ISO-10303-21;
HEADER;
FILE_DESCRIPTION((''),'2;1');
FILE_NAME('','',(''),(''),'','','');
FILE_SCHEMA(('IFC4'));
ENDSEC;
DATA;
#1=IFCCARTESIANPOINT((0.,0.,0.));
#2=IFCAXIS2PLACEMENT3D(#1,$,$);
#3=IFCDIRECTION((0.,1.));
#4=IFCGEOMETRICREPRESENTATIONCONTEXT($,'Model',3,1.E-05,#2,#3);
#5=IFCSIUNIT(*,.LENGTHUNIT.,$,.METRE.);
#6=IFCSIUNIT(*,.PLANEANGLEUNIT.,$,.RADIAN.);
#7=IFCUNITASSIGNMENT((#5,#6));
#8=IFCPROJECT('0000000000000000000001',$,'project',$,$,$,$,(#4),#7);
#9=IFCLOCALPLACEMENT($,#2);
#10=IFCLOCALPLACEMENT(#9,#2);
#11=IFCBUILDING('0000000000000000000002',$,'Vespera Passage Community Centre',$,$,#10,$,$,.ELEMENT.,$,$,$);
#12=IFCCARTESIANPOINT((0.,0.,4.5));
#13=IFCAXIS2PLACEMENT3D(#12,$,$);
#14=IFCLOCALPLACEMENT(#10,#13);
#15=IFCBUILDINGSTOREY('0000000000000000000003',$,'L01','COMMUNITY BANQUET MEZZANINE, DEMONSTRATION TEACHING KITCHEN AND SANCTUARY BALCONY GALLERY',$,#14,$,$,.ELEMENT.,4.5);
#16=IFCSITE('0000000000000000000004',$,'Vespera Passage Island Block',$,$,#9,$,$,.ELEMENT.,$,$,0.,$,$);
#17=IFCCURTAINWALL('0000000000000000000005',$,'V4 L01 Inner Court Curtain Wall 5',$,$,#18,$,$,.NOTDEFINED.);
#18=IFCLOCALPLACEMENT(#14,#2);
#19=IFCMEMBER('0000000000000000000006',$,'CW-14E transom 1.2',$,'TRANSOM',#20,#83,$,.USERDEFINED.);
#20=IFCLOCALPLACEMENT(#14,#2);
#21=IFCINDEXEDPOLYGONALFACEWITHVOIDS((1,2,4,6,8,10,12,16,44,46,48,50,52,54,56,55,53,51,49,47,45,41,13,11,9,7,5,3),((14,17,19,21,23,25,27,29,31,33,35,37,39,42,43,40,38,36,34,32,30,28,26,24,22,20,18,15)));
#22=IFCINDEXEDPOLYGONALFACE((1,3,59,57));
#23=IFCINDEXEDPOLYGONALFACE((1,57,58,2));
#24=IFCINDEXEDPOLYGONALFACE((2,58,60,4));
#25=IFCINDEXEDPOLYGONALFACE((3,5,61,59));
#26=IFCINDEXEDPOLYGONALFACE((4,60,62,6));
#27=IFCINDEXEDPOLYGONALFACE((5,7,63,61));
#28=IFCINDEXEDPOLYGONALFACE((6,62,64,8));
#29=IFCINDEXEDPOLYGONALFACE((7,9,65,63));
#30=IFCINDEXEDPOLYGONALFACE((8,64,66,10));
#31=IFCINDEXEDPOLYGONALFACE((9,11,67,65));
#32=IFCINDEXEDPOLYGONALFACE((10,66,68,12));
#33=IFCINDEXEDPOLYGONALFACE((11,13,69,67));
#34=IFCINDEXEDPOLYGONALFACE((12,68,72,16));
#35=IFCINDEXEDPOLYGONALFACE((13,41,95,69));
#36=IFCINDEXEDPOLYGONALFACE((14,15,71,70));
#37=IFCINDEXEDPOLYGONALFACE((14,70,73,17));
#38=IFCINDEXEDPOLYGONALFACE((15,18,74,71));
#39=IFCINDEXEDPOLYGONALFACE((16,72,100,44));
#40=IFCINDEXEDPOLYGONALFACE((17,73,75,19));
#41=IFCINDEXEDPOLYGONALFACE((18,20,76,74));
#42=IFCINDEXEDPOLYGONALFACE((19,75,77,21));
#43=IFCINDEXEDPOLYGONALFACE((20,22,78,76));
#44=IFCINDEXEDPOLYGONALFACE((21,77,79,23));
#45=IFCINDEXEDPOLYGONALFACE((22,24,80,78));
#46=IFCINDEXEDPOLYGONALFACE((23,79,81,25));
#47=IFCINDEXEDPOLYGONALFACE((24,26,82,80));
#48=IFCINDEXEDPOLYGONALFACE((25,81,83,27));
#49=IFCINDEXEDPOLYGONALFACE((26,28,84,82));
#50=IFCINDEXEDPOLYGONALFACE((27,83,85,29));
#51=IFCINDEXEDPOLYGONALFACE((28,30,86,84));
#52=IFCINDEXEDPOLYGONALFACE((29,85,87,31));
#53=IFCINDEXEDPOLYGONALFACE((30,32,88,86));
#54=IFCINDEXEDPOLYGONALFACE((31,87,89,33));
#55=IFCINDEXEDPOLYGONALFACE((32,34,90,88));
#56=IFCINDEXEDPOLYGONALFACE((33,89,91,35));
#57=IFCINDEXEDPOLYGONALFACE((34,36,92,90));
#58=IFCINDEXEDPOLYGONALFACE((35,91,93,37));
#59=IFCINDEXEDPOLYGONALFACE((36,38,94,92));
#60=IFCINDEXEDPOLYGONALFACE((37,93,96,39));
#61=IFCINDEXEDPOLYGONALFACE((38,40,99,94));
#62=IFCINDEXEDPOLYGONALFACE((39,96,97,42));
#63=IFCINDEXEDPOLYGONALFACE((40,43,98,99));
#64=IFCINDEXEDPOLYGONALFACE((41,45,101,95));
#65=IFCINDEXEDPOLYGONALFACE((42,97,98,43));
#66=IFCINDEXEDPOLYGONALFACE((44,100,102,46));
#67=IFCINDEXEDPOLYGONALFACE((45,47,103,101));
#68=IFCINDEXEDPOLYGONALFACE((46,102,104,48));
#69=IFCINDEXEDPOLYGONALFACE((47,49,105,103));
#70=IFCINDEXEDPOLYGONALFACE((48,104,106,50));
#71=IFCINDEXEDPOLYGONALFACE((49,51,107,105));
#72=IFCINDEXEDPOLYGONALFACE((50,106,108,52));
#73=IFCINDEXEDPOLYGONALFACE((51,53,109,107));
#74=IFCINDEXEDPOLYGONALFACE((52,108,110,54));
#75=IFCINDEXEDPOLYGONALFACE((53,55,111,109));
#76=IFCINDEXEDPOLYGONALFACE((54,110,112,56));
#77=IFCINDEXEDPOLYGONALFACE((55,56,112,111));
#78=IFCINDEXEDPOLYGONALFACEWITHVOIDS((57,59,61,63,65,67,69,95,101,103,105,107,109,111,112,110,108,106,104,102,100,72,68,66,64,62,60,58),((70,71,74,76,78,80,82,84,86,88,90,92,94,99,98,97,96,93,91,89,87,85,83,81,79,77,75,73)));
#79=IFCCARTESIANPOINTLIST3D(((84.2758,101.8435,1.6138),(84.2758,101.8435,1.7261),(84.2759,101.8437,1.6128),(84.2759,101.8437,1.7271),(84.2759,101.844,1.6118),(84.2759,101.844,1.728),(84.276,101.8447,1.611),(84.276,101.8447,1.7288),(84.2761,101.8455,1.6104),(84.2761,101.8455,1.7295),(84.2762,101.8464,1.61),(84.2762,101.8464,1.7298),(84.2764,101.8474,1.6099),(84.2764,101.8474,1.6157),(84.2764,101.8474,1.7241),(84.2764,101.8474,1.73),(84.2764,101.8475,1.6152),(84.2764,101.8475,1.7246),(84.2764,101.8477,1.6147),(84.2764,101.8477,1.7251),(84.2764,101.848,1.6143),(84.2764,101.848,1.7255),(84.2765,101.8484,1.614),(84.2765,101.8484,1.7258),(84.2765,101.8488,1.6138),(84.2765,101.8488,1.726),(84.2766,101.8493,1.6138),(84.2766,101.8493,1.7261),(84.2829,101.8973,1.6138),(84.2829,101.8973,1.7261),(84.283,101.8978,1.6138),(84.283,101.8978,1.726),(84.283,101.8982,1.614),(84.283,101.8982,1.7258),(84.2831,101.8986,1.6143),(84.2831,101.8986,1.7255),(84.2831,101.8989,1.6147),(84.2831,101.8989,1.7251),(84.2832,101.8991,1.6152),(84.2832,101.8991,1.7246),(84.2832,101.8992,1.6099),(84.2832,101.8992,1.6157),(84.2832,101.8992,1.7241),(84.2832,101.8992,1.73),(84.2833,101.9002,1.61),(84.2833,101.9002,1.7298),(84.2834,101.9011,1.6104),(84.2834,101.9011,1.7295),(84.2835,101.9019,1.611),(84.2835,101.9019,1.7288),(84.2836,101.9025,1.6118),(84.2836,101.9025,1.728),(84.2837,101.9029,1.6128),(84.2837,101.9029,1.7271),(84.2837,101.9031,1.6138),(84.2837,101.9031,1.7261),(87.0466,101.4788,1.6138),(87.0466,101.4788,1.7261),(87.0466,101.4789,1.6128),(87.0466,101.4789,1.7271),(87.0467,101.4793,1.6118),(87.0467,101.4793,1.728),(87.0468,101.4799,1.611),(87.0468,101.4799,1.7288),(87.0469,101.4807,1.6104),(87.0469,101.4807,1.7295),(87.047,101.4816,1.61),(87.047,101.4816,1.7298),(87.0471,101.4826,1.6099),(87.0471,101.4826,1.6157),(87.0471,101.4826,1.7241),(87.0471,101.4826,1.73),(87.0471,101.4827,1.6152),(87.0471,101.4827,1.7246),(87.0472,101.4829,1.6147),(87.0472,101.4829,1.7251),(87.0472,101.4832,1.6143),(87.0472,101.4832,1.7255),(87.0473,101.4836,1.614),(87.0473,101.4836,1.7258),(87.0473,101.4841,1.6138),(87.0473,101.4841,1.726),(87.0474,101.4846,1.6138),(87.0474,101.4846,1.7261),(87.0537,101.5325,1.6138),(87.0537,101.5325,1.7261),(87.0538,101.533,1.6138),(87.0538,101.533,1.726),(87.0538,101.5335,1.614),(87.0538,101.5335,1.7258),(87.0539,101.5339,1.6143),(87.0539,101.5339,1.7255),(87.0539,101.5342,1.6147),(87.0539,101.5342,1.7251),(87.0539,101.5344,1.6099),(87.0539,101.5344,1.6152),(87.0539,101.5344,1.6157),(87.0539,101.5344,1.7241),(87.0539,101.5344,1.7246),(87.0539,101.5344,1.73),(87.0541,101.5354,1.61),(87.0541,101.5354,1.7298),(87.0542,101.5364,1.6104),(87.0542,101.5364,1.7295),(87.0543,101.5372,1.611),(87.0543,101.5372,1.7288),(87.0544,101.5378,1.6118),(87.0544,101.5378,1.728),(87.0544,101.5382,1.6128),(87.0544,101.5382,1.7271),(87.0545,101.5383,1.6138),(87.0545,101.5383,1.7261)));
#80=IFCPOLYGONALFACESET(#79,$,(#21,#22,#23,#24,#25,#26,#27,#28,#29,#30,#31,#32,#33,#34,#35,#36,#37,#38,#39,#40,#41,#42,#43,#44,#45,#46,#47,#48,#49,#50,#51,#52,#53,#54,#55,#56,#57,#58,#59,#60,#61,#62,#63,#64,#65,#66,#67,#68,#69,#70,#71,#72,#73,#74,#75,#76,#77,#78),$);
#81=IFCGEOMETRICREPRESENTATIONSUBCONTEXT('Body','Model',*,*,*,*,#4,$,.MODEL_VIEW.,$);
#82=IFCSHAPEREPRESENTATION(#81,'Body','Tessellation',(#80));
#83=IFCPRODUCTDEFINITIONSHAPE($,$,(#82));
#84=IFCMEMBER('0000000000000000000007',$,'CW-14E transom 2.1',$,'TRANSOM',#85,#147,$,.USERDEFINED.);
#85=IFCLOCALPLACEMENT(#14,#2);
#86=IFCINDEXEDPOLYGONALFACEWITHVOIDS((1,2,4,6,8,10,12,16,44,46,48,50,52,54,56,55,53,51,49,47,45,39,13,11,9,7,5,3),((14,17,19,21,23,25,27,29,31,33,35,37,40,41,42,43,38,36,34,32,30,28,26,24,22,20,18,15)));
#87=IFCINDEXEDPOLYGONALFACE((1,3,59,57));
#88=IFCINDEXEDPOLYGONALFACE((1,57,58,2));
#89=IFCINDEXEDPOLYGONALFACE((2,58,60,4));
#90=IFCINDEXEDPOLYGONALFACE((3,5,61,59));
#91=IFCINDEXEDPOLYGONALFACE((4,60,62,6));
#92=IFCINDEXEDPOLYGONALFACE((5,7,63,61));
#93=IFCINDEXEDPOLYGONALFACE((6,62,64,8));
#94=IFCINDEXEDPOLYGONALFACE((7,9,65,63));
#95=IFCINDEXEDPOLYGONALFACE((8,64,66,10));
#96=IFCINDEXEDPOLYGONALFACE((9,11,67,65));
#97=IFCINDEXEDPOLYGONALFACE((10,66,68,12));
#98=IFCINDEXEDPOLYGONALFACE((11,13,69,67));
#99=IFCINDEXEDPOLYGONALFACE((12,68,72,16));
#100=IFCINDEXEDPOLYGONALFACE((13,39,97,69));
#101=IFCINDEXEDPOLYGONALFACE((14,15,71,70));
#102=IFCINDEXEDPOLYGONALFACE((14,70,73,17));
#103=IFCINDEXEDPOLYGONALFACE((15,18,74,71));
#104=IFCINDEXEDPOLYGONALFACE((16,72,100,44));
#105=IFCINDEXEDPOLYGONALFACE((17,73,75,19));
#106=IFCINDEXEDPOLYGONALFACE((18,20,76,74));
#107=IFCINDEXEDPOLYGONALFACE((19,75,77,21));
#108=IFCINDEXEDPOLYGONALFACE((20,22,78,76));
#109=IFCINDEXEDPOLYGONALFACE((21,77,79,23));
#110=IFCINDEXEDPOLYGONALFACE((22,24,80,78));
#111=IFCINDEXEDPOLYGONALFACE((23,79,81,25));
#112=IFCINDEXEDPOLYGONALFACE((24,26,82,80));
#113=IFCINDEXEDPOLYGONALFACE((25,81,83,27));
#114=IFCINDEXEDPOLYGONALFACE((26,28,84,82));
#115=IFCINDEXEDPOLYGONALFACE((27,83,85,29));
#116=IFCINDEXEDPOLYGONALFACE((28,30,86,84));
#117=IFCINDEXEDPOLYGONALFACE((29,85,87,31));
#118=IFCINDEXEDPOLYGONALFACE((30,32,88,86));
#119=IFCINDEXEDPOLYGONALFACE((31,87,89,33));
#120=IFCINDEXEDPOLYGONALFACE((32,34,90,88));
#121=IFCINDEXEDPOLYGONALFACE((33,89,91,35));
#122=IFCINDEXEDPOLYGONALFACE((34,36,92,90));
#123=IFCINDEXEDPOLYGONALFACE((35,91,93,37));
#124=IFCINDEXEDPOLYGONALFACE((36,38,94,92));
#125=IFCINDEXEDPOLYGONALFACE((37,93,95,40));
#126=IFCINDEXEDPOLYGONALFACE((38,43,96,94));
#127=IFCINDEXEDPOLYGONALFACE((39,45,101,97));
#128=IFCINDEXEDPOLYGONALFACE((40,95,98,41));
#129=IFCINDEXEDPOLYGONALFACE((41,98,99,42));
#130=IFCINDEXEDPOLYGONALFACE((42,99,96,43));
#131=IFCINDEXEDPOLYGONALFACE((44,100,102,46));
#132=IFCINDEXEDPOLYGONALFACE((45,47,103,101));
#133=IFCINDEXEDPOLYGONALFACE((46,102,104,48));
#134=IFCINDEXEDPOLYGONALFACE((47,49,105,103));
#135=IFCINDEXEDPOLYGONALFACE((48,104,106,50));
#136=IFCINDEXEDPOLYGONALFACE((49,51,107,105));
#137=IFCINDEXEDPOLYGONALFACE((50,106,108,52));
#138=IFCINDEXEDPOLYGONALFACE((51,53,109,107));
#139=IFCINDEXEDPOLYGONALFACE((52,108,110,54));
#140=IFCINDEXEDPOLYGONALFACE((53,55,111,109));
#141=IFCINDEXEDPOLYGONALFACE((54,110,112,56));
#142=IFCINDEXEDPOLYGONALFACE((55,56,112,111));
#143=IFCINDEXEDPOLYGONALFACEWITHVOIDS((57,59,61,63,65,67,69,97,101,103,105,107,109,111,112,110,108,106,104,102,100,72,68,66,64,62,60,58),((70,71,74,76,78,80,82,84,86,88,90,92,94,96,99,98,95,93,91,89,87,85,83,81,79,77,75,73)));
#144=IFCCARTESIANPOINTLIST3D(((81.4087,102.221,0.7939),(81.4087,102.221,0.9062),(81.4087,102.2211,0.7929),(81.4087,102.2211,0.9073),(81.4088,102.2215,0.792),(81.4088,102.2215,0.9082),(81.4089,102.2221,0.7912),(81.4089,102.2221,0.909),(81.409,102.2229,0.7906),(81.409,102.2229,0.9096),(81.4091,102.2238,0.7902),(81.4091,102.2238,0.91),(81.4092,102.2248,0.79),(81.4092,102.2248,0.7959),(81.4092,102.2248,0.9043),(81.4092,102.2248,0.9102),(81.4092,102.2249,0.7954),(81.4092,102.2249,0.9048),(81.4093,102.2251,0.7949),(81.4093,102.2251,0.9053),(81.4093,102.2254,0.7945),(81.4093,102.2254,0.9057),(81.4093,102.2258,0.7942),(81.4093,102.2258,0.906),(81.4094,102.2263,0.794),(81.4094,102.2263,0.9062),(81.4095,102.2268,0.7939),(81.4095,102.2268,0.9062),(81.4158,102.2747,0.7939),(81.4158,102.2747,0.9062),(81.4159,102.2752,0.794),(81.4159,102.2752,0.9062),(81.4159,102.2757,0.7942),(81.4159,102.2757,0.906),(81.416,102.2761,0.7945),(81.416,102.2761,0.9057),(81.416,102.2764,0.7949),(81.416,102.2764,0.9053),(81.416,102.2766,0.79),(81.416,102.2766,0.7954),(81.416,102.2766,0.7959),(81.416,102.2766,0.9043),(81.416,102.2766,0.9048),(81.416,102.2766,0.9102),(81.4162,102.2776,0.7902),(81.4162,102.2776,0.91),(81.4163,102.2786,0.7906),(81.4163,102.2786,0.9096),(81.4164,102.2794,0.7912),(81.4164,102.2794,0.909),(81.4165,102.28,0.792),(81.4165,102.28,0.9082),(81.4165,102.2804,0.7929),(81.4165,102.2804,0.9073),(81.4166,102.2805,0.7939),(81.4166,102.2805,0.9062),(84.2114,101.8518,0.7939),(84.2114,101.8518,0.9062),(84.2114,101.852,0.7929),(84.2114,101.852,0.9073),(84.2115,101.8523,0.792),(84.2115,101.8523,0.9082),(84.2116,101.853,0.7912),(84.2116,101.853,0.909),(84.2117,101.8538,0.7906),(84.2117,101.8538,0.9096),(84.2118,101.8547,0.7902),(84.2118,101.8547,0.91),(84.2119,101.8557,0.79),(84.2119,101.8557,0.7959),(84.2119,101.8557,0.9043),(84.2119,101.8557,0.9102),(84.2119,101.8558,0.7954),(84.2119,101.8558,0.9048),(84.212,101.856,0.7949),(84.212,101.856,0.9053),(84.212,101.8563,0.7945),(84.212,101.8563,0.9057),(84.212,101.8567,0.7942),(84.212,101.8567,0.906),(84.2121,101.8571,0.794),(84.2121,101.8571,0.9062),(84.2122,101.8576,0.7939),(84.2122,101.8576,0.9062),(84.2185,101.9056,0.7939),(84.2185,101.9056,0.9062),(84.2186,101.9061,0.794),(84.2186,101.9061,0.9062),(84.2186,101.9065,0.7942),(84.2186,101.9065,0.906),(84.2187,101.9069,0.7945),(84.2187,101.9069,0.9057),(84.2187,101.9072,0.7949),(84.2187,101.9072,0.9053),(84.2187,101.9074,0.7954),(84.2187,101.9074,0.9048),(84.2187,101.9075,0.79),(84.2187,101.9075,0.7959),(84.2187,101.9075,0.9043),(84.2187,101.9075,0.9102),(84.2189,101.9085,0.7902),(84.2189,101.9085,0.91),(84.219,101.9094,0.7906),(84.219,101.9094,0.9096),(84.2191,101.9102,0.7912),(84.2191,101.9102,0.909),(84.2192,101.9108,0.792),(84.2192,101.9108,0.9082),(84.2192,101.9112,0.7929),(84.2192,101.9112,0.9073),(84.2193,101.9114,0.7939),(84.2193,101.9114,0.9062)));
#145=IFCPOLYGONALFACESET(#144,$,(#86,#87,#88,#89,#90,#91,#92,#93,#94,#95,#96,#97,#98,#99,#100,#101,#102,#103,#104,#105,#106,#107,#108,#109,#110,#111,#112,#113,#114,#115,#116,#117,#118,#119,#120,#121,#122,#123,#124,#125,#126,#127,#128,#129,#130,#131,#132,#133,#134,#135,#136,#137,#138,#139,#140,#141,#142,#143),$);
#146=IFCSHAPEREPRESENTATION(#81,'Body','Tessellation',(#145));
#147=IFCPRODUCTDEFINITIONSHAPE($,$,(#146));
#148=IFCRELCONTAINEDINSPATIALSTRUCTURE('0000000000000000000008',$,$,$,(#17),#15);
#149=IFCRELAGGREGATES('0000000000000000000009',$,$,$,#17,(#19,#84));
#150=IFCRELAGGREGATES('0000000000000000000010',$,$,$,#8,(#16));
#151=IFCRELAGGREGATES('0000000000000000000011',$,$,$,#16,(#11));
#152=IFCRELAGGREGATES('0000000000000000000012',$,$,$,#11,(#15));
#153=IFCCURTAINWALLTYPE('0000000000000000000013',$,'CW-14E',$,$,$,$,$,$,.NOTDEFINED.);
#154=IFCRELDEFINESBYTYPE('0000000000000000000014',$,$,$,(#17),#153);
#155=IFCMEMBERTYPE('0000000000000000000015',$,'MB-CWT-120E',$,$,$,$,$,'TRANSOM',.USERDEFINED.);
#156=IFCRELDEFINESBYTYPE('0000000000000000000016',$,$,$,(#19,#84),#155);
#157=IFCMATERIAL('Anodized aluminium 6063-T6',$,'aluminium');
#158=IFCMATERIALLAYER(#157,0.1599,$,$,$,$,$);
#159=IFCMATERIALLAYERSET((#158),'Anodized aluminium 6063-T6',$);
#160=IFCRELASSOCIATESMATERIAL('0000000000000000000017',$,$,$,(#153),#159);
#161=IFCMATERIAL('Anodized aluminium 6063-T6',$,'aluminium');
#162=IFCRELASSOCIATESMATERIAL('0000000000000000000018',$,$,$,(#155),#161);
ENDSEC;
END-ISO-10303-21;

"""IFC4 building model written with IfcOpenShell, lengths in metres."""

from ifc_helpers import new_model, si_unit, direction, frame, origin, origin_2d, place, context, subcontext, project, spatial, hollow_rectangle, extrude, material, layer, layer_set, material_profile, profile_set, type_object, element, aggregate, save


model = new_model("IFC4")

# Units and contexts
model_context = context("Model", 3, precision=1e-05, world=origin(), true_north=direction((0.0, 1.0)))
body_context = subcontext(model_context, "Body", "Model", "MODEL_VIEW")
ifc_project = project(units=[si_unit("LENGTHUNIT", "METRE"), si_unit("PLANEANGLEUNIT", "RADIAN")], contexts=[model_context])

# Site, building, storey
site_placement = place(None, origin())
site = spatial("IfcSite", under=ifc_project, at=site_placement, Name="Vespera Passage Island Block", CompositionType="ELEMENT", RefElevation=0.0)
building_placement = place(site_placement, origin())
building = spatial("IfcBuilding", under=site, at=building_placement, Name="Vespera Passage Community Centre", CompositionType="ELEMENT")
storey_placement = place(building_placement, frame((0.0, 0.0, 4.5)))
storey = spatial("IfcBuildingStorey", under=building, at=storey_placement, Name="L01", Description="COMMUNITY BANQUET MEZZANINE, DEMONSTRATION TEACHING KITCHEN AND SANCTUARY BALCONY GALLERY", CompositionType="ELEMENT", Elevation=4.5)

# Curtain wall
ifc_material_1 = material(Name="Anodized aluminium 6063-T6", Category="aluminium")
ifc_layer_1 = layer(ifc_material_1, 0.1599)
ifc_layer_set_1 = layer_set([ifc_layer_1], Name="Anodized aluminium 6063-T6")
curtain_wall_type_1 = type_object("IfcCurtainWallType", Name="CW-14E", PredefinedType="NOTDEFINED", material=ifc_layer_set_1)
curtain_wall_1_placement = place(storey_placement, origin())
curtain_wall_1 = element("IfcCurtainWall", 1, at=curtain_wall_1_placement, inside=storey, type_object=curtain_wall_type_1, Name="V4 L01 Inner Court Curtain Wall 5", PredefinedType="NOTDEFINED")

# Members
ifc_material_2 = material(Name="Anodized aluminium 6063-T6", Category="aluminium")
ifc_material_profile_1 = material_profile(ifc_material_2, hollow_rectangle(XDim=0.0601, YDim=0.1201, WallThickness=0.0039, InnerFilletRadius=0.002, OuterFilletRadius=0.0039, at=origin_2d()), Name="ALU120X60X4")
ifc_profile_set_1 = profile_set([ifc_material_profile_1], Name="Anodized aluminium 6063-T6")
member_type_1 = type_object("IfcMemberType", Name="MB-CWT-120E", ElementType="TRANSOM", PredefinedType="USERDEFINED", material=ifc_profile_set_1)
member_1_placement = place(storey_placement, frame((87.0505, 101.5085, 1.6699), z_axis=(-0.991446, 0.130516, 0.0), x_axis=(-0.130516, -0.991446, 0.0)))
member_1 = element("IfcMember", 2, at=member_1_placement, type_object=member_type_1, Name="CW-14E transom 1.2", ObjectType="TRANSOM", PredefinedType="USERDEFINED", context=body_context, shape_type="SweptSolid", body=[
    extrude(hollow_rectangle(XDim=0.0601, YDim=0.1201, WallThickness=0.0039, InnerFilletRadius=0.002, OuterFilletRadius=0.0039, at=origin_2d()), origin(), (0.0, 0.0, 1.0), 2.7947),
])
member_2_placement = place(storey_placement, frame((84.2153, 101.8816, 0.8501), z_axis=(-0.991438, 0.13058, 0.0), x_axis=(-0.13058, -0.991438, 0.0)))
member_2 = element("IfcMember", 3, at=member_2_placement, type_object=member_type_1, Name="CW-14E transom 2.1", ObjectType="TRANSOM", PredefinedType="USERDEFINED", context=body_context, shape_type="SweptSolid", body=[
    extrude(hollow_rectangle(XDim=0.0601, YDim=0.1201, WallThickness=0.0039, InnerFilletRadius=0.002, OuterFilletRadius=0.0039, at=origin_2d()), origin(), (0.0, 0.0, 1.0), 2.8269),
])

aggregate(curtain_wall_1, [member_1, member_2])

save(model, "model.ifc")
